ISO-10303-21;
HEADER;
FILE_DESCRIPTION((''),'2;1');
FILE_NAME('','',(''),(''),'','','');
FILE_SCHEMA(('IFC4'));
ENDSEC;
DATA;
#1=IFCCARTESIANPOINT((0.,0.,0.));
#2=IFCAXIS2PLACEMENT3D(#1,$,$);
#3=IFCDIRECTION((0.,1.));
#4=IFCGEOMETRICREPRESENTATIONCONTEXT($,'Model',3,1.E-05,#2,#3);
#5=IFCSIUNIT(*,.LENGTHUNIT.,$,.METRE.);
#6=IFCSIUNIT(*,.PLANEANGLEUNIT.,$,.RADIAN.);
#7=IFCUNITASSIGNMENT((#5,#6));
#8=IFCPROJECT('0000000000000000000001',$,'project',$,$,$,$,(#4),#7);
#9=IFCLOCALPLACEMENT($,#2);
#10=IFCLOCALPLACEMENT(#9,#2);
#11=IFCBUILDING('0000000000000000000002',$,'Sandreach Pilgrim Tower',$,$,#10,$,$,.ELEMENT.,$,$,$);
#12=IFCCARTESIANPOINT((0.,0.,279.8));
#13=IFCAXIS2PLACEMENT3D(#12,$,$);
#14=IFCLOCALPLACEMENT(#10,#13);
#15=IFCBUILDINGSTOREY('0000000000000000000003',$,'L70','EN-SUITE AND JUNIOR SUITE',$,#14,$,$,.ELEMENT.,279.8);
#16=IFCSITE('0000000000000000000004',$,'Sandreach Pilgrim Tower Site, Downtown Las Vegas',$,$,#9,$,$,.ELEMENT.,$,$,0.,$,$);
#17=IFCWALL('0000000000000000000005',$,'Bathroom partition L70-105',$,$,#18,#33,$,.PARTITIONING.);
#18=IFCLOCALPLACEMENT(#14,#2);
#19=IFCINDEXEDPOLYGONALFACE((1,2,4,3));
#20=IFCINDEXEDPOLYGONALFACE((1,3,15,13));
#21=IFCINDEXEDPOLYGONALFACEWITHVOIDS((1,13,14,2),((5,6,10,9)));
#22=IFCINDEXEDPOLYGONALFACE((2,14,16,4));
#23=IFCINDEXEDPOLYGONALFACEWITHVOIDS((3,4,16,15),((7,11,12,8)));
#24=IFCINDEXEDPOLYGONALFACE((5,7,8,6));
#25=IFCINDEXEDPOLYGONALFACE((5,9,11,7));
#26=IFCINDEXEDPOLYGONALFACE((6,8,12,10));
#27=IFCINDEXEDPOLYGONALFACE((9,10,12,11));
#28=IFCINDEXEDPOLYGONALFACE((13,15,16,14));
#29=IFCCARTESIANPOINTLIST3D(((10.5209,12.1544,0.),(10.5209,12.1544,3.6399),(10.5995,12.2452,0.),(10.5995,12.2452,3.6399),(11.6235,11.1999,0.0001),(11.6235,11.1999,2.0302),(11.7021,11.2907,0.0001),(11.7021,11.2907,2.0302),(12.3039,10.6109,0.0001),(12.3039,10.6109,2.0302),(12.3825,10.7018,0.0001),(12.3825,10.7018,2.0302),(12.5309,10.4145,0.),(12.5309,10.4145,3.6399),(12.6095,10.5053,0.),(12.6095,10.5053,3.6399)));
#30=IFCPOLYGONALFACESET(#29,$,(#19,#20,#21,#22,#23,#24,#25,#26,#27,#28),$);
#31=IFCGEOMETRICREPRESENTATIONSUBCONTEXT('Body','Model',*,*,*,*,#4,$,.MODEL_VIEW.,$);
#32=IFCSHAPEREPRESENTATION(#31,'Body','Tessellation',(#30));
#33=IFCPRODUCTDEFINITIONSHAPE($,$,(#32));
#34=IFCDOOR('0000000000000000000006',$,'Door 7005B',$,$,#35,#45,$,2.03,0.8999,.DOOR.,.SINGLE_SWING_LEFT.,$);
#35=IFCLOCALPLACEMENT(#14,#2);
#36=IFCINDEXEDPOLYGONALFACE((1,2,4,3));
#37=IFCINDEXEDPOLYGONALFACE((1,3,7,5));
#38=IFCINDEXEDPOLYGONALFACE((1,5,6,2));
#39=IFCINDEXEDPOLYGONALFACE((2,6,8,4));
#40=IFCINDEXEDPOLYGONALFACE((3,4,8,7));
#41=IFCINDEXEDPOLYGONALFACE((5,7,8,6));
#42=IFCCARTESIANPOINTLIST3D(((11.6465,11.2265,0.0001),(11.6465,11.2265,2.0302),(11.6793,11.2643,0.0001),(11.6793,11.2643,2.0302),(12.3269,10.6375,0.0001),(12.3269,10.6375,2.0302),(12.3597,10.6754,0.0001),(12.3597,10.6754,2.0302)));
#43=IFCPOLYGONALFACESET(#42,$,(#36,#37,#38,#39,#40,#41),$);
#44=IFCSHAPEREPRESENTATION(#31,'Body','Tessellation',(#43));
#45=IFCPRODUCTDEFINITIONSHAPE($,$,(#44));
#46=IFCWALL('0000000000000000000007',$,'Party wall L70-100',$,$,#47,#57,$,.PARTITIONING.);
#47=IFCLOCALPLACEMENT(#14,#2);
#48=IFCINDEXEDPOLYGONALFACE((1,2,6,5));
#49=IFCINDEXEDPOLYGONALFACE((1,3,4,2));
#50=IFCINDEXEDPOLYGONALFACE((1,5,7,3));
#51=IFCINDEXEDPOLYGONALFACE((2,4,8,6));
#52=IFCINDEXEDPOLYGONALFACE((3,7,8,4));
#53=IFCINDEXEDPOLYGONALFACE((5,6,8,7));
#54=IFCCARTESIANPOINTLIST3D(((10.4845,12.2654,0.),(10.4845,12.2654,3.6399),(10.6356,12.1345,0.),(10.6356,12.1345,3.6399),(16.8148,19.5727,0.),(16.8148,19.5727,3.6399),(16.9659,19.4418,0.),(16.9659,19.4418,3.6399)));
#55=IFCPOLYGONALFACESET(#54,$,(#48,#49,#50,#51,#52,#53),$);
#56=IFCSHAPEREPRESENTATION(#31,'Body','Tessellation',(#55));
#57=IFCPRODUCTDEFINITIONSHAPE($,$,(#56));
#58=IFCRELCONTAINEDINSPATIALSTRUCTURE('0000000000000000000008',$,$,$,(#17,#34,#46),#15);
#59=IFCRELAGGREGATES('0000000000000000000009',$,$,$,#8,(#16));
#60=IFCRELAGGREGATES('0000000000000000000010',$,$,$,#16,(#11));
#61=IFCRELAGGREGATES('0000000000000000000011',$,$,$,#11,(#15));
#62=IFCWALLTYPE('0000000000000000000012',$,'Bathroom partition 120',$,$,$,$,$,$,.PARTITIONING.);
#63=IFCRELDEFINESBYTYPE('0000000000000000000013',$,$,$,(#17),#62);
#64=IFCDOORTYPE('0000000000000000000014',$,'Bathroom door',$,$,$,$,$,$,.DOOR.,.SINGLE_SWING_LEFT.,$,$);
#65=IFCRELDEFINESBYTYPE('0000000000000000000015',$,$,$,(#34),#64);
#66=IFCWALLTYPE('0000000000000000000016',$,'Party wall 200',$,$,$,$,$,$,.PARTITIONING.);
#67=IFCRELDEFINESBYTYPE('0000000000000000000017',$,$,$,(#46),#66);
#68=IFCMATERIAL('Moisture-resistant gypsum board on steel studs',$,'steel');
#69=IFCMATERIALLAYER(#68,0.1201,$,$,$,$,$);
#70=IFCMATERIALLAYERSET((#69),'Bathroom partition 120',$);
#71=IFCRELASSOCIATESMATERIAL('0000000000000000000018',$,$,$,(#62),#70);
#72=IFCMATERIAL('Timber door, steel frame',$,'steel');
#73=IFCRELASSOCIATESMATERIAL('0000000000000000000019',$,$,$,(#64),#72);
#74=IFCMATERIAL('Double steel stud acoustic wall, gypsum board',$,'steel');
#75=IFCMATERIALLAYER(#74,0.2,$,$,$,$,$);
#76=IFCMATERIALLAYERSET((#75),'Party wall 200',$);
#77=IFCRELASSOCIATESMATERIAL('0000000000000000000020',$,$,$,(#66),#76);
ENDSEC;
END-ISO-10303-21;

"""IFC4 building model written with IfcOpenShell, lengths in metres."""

from ifc_helpers import new_model, si_unit, direction, frame, frame_2d, origin, place, context, subcontext, project, spatial, rectangle, extrude, material, layer, layer_set, type_object, element, fill, save


model = new_model("IFC4")

# Units and contexts
model_context = context("Model", 3, precision=1e-05, world=origin(), true_north=direction((0.0, 1.0)))
body_context = subcontext(model_context, "Body", "Model", "MODEL_VIEW")
ifc_project = project(units=[si_unit("LENGTHUNIT", "METRE"), si_unit("PLANEANGLEUNIT", "RADIAN")], contexts=[model_context])

# Site, building, storey
site_placement = place(None, origin())
site = spatial("IfcSite", under=ifc_project, at=site_placement, Name="Sandreach Pilgrim Tower Site, Downtown Las Vegas", CompositionType="ELEMENT", RefElevation=0.0)
building_placement = place(site_placement, origin())
building = spatial("IfcBuilding", under=site, at=building_placement, Name="Sandreach Pilgrim Tower", CompositionType="ELEMENT")
storey_placement = place(building_placement, frame((0.0, 0.0, 279.8)))
storey = spatial("IfcBuildingStorey", under=building, at=storey_placement, Name="L70", Description="EN-SUITE AND JUNIOR SUITE", CompositionType="ELEMENT", Elevation=279.8)

# Shared definitions
ifc_material_1 = material(Name="Moisture-resistant gypsum board on steel studs", Category="steel")
ifc_layer_1 = layer(ifc_material_1, 0.1201)
ifc_layer_set_1 = layer_set([ifc_layer_1], Name="Bathroom partition 120")
wall_type_1 = type_object("IfcWallType", Name="Bathroom partition 120", PredefinedType="PARTITIONING", material=ifc_layer_set_1)
ifc_material_2 = material(Name="Timber door, steel frame", Category="steel")
door_type_1 = type_object("IfcDoorType", Name="Bathroom door", OperationType="SINGLE_SWING_LEFT", PredefinedType="DOOR", material=ifc_material_2)

# Wall, opening, door
wall_1_placement = place(storey_placement, frame((12.5701, 10.46, 0.0), z_axis=(0.0, 0.0, 1.0), x_axis=(-0.756065, 0.654497, 0.0)))
wall_1 = element("IfcWall", 1, at=wall_1_placement, inside=storey, type_object=wall_type_1, Name="Bathroom partition L70-105", PredefinedType="PARTITIONING", context=body_context, shape_type="SweptSolid", body=[
    extrude(rectangle(XDim=2.6584, YDim=0.1201, at=frame_2d((1.3291, 0.0))), origin(), (0.0, 0.0, 1.0), 3.6399),
])
opening_1_placement = place(wall_1_placement, frame((0.3, 0.0, 0.0)))
opening_1 = element("IfcOpeningElement", 2, at=opening_1_placement, cuts=wall_1, PredefinedType="OPENING", context=body_context, shape_type="SweptSolid", body=[
    extrude(rectangle(XDim=0.8999, YDim=2.03, at=frame_2d((0.45, 1.0151))), frame((0.0, 0.0601, 0.0), z_axis=(0.0, -1.0, 0.0), x_axis=(1.0, 0.0, 0.0)), (0.0, 0.0, 1.0), 0.1201),
])
door_1_placement = place(opening_1_placement, origin())
door_1 = element("IfcDoor", 3, at=door_1_placement, inside=storey, type_object=door_type_1, Name="Door 7005B", OperationType="SINGLE_SWING_LEFT", OverallHeight=2.03, OverallWidth=0.8999, PredefinedType="DOOR", context=body_context, shape_type="SweptSolid", body=[
    extrude(rectangle(XDim=0.8999, YDim=2.03, at=frame_2d((0.45, 1.0151))), frame((0.0, 0.0249, 0.0), z_axis=(0.0, -1.0, 0.0), x_axis=(1.0, 0.0, 0.0)), (0.0, 0.0, 1.0), 0.05),
])
fill(opening_1, door_1)

# Wall
ifc_material_3 = material(Name="Double steel stud acoustic wall, gypsum board", Category="steel")
ifc_layer_2 = layer(ifc_material_3, 0.2)
ifc_layer_set_2 = layer_set([ifc_layer_2], Name="Party wall 200")
wall_type_2 = type_object("IfcWallType", Name="Party wall 200", PredefinedType="PARTITIONING", material=ifc_layer_set_2)
wall_2_placement = place(storey_placement, frame((10.5601, 12.2, 0.0), z_axis=(0.0, 0.0, 1.0), x_axis=(0.654769, 0.755829, 0.0)))
element("IfcWall", 4, at=wall_2_placement, inside=storey, type_object=wall_type_2, Name="Party wall L70-100", PredefinedType="PARTITIONING", context=body_context, shape_type="SweptSolid", body=[
    extrude(rectangle(XDim=9.668, YDim=0.2, at=frame_2d((4.834, 0.0))), origin(), (0.0, 0.0, 1.0), 3.6399),
])

save(model, "model.ifc")
